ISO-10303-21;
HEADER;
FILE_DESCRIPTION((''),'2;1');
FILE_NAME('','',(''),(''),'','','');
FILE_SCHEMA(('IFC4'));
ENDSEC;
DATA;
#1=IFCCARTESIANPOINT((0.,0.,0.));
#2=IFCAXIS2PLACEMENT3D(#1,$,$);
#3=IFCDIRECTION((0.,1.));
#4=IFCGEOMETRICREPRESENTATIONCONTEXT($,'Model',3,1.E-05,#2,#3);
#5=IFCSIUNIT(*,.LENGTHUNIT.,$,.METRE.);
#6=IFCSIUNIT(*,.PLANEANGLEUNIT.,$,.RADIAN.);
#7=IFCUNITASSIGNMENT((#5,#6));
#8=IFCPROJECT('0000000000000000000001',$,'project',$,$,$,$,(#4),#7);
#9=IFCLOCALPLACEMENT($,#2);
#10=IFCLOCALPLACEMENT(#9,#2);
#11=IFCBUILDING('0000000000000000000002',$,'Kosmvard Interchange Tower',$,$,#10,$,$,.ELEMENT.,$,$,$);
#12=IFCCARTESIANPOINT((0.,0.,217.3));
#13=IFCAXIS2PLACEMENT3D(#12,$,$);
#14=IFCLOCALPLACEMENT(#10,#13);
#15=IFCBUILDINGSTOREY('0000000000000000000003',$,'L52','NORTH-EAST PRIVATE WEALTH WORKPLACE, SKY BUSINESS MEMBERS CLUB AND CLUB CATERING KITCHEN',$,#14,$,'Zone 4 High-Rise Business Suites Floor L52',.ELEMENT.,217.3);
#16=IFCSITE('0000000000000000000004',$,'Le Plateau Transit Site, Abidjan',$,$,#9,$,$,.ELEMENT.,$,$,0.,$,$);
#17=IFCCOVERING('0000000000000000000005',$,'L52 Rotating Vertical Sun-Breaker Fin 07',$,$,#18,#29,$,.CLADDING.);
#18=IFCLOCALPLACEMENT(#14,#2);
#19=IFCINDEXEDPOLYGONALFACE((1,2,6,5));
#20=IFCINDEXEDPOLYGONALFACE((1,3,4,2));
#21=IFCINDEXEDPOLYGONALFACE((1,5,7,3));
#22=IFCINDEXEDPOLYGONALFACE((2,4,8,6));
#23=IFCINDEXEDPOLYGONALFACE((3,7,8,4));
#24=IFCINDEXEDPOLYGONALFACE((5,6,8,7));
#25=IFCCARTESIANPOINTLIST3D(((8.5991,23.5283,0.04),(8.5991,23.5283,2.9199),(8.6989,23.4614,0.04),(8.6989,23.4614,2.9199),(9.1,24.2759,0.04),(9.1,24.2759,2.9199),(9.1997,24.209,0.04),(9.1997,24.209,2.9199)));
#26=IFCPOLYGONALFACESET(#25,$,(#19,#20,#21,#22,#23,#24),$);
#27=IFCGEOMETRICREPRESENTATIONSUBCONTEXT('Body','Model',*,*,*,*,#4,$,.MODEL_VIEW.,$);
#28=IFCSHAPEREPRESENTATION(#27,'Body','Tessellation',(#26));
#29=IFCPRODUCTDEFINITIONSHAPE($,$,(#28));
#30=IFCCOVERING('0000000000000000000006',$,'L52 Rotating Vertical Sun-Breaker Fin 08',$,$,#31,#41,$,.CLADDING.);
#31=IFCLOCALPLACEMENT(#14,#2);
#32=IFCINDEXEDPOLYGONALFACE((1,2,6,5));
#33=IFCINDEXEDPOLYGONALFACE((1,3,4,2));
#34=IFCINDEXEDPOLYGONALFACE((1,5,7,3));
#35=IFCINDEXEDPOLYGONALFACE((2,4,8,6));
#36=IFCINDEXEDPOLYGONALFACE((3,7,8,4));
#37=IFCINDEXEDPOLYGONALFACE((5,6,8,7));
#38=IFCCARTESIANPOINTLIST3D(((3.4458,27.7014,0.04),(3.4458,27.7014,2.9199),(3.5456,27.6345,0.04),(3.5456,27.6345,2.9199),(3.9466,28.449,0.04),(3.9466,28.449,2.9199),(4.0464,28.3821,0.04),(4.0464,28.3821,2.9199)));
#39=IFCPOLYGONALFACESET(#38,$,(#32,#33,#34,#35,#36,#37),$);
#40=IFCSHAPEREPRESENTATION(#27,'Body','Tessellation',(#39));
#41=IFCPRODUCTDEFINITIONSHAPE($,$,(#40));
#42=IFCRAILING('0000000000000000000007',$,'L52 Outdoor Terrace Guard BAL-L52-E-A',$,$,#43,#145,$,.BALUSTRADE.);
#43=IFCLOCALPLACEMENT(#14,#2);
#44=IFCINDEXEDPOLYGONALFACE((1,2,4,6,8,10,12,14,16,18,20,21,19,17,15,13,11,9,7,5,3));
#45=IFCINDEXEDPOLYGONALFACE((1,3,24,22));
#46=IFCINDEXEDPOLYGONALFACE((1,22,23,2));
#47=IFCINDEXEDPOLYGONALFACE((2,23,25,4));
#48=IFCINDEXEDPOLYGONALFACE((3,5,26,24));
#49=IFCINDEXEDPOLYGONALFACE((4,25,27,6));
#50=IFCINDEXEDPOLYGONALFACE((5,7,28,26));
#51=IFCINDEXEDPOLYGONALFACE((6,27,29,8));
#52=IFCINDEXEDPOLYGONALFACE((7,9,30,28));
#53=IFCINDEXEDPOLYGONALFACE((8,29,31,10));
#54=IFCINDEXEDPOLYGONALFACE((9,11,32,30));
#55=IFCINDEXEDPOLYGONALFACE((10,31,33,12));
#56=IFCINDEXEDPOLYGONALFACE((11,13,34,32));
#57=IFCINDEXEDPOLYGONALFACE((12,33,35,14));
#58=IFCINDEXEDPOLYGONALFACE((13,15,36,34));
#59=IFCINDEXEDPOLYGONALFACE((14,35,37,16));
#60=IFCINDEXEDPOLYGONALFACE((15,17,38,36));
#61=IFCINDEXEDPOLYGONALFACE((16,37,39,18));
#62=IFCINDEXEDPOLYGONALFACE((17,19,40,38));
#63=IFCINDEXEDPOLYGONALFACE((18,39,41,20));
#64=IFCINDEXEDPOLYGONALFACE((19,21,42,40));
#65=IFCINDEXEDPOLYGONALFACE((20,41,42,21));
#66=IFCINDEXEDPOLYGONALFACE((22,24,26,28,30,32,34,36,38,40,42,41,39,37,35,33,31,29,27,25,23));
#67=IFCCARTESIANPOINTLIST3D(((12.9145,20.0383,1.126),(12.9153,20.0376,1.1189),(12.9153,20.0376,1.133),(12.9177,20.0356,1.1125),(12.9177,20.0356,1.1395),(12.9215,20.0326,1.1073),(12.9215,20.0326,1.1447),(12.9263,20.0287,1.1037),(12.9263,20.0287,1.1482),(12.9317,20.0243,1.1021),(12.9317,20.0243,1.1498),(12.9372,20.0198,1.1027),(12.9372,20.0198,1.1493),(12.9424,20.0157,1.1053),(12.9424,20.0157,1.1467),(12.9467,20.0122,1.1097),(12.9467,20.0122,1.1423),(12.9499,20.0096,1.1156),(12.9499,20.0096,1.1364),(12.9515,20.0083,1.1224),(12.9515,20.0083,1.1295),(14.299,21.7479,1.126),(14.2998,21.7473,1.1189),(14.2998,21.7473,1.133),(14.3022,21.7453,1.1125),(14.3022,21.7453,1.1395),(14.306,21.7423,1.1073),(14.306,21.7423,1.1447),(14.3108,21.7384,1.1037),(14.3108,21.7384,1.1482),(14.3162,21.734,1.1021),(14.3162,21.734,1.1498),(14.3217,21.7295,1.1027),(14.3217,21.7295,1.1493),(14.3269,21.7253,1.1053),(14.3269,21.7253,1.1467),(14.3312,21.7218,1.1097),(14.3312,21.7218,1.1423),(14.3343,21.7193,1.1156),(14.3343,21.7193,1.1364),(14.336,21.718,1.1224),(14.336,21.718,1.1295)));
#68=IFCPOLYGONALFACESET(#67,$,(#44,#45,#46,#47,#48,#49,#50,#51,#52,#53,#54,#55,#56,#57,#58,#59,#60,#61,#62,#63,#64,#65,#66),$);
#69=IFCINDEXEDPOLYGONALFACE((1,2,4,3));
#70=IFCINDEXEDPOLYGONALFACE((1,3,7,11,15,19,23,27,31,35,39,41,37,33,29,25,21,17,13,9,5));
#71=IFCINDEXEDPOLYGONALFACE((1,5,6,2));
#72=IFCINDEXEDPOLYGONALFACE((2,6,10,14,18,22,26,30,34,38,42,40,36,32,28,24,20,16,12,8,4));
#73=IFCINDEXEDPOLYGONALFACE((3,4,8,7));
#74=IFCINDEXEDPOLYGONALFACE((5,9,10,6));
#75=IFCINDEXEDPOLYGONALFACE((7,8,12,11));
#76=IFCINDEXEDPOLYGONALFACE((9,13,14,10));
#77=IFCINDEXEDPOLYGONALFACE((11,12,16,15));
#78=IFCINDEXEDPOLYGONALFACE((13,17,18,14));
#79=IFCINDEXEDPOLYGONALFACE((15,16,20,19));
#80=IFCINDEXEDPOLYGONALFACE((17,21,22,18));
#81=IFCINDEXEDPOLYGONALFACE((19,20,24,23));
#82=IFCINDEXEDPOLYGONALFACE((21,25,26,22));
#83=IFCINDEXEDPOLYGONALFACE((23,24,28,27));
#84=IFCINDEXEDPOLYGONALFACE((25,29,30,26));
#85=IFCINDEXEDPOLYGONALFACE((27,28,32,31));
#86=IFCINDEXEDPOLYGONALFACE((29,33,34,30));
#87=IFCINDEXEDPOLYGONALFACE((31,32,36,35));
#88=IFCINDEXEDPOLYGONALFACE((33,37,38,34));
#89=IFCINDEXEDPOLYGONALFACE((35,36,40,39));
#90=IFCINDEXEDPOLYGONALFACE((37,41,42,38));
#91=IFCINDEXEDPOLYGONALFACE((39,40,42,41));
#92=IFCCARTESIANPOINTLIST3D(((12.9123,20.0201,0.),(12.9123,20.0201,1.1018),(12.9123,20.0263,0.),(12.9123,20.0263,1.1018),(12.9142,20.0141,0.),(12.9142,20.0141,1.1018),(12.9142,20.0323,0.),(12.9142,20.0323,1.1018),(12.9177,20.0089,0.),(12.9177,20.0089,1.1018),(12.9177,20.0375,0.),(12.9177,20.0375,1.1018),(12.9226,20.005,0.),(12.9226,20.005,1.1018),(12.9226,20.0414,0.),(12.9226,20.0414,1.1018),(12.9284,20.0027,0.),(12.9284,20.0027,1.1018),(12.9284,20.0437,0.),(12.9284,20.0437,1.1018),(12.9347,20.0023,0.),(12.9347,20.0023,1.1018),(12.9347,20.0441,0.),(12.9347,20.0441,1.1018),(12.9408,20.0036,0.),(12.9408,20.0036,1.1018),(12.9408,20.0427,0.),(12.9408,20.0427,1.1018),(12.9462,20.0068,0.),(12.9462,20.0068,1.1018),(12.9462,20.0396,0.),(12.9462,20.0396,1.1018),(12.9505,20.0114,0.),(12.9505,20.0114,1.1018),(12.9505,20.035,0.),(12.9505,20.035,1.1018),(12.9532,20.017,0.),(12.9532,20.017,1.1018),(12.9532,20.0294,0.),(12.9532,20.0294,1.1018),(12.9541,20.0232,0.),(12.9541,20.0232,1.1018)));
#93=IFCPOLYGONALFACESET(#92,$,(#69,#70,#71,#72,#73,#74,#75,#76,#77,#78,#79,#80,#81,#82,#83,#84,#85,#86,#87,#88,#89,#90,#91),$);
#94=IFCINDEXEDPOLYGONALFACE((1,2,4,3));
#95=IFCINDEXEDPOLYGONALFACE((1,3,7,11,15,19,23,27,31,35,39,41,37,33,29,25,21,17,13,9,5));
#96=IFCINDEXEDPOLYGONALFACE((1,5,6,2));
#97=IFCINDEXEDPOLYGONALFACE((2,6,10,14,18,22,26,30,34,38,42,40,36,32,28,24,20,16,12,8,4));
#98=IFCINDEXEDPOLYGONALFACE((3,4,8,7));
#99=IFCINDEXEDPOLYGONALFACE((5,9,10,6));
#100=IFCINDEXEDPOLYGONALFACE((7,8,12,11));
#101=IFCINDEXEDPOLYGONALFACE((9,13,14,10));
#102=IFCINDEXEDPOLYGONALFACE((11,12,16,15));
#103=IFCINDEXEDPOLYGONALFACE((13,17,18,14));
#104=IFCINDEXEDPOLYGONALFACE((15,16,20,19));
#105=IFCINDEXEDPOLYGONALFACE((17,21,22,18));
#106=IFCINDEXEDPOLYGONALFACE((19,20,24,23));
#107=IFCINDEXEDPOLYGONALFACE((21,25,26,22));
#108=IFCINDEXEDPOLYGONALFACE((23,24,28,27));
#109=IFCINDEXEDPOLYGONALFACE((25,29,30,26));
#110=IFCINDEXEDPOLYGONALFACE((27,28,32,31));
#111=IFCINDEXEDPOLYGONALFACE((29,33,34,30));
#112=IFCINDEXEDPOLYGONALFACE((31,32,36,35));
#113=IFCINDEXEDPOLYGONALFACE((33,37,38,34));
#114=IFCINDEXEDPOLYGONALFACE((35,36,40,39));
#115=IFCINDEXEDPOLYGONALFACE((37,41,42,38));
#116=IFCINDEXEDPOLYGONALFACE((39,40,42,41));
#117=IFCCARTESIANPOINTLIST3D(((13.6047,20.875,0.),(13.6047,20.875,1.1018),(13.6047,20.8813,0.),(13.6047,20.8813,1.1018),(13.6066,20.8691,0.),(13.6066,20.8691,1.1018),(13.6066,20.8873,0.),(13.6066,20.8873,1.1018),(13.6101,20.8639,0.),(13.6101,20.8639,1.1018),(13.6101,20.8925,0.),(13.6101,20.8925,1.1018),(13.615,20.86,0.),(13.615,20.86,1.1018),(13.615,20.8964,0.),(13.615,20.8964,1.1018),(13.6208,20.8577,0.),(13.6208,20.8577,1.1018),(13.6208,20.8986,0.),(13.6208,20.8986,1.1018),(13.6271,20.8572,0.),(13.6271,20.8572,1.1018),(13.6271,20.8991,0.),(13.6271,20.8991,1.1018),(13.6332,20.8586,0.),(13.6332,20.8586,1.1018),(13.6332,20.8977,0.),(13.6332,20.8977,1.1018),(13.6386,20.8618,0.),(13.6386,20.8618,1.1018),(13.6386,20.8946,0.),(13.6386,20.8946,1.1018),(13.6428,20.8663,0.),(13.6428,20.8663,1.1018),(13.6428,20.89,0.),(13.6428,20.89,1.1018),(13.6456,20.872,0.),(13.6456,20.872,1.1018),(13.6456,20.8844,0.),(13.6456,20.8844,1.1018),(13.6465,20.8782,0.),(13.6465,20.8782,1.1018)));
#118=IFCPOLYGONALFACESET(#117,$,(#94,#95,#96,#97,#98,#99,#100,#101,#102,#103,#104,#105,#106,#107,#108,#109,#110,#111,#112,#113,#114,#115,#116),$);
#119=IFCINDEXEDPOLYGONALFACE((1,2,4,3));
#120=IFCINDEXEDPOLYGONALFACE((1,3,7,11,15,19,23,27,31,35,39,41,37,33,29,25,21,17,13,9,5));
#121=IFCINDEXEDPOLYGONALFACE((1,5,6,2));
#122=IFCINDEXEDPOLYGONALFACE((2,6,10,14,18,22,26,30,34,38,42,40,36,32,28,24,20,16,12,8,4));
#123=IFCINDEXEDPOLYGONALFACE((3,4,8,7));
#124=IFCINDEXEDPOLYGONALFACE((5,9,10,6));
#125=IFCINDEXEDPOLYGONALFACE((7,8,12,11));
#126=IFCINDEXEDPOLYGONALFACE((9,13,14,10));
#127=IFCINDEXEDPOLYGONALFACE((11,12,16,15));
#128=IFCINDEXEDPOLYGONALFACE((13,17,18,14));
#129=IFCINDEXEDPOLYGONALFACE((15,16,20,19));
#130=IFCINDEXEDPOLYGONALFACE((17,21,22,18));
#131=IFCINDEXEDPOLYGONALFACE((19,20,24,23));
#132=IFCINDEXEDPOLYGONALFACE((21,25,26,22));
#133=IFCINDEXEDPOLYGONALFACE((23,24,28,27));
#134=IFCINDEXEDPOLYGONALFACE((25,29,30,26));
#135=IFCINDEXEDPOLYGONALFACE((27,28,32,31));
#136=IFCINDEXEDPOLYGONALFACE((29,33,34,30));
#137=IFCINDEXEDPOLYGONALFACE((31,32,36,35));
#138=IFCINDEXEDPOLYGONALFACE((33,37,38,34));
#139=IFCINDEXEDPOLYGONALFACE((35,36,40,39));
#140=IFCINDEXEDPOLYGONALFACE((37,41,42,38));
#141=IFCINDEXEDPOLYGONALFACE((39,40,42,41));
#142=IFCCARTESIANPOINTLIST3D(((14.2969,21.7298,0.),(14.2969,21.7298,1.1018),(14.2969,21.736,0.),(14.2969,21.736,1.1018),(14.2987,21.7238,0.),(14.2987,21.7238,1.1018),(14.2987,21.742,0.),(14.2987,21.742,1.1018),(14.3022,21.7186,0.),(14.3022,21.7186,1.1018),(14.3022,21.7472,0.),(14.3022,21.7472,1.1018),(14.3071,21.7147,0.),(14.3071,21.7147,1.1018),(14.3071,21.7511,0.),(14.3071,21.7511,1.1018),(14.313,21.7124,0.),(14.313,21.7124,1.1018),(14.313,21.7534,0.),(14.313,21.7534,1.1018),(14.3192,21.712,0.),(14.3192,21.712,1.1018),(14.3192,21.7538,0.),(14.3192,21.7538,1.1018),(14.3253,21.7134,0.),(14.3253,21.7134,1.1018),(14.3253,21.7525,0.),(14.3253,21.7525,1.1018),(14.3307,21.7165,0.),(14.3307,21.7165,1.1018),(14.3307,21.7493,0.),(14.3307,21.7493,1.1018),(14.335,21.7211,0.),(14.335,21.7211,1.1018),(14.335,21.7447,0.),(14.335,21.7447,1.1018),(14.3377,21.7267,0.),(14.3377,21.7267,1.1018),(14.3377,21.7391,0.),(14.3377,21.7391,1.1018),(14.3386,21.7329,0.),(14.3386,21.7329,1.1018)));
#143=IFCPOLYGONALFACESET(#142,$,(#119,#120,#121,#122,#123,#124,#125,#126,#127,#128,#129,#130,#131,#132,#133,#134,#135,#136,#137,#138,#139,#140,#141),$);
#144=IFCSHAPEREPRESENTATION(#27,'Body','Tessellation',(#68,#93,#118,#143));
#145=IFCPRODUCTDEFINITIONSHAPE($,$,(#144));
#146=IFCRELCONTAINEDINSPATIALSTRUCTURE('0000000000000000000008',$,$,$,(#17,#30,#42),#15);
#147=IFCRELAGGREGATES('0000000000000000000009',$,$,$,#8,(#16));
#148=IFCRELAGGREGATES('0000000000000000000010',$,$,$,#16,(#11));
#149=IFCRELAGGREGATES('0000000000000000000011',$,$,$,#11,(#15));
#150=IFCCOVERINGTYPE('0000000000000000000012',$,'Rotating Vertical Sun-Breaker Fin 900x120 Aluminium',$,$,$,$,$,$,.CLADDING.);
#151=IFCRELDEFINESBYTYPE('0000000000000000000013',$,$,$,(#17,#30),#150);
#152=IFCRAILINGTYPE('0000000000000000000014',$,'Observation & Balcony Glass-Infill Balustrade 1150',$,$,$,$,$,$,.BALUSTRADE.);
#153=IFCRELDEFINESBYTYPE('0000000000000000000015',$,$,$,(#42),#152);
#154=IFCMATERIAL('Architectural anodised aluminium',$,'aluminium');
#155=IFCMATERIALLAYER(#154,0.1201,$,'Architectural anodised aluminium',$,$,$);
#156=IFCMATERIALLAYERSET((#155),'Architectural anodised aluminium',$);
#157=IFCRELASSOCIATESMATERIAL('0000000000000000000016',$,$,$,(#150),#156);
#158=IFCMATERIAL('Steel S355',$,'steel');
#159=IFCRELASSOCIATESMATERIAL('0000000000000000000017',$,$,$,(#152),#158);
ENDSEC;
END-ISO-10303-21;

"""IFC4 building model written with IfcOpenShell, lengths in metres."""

from ifc_helpers import new_model, si_unit, direction, frame, origin, origin_2d, place, context, subcontext, project, spatial, rectangle, circle, extrude, source, transform, mapped, material, layer, layer_set, type_object, element, save


model = new_model("IFC4")

# Units and contexts
model_context = context("Model", 3, precision=1e-05, world=origin(), true_north=direction((0.0, 1.0)))
body_context = subcontext(model_context, "Body", "Model", "MODEL_VIEW")
ifc_project = project(units=[si_unit("LENGTHUNIT", "METRE"), si_unit("PLANEANGLEUNIT", "RADIAN")], contexts=[model_context])

# Site, building, storey
site_placement = place(None, origin())
site = spatial("IfcSite", under=ifc_project, at=site_placement, Name="Le Plateau Transit Site, Abidjan", CompositionType="ELEMENT", RefElevation=0.0)
building_placement = place(site_placement, origin())
building = spatial("IfcBuilding", under=site, at=building_placement, Name="Kosmvard Interchange Tower", CompositionType="ELEMENT")
storey_placement = place(building_placement, frame((0.0, 0.0, 217.3)))
storey = spatial("IfcBuildingStorey", under=building, at=storey_placement, Name="L52", Description="NORTH-EAST PRIVATE WEALTH WORKPLACE, SKY BUSINESS MEMBERS CLUB AND CLUB CATERING KITCHEN", LongName="Zone 4 High-Rise Business Suites Floor L52", CompositionType="ELEMENT", Elevation=217.3)

# Shared definitions
ifc_material_1 = material(Name="Steel S355", Category="steel")

# Coverings
ifc_material_2 = material(Name="Architectural anodised aluminium", Category="aluminium")
ifc_layer_1 = layer(ifc_material_2, 0.1201, Name="Architectural anodised aluminium")
ifc_layer_set_1 = layer_set([ifc_layer_1], Name="Architectural anodised aluminium")
covering_type = type_object("IfcCoveringType", Name="Rotating Vertical Sun-Breaker Fin 900x120 Aluminium", PredefinedType="CLADDING", material=ifc_layer_set_1)
shared_shape_1 = source(origin(), body_context, "Body", "SweptSolid", [
    extrude(rectangle(XDim=0.8999, YDim=0.1201, at=origin_2d()), origin(), (0.0, 0.0, 1.0), 2.8799),
])
for number, where, z_axis, x_axis, name in (
    (1, (8.8994, 23.8687, 0.04), (0.0, 0.0, 1.0), (0.556586, 0.83079, 0.0), "L52 Rotating Vertical Sun-Breaker Fin 07"),
    (2, (3.7461, 28.0417, 0.04), (0.0, 0.0, 1.0), (0.556586, 0.83079, 0.0), "L52 Rotating Vertical Sun-Breaker Fin 08"),
):
    element("IfcCovering", number, at=place(storey_placement, frame(where, z_axis=z_axis, x_axis=x_axis)), inside=storey, type_object=covering_type, Name=name, PredefinedType="CLADDING", context=body_context, shape_type="MappedRepresentation", body=[
        mapped(shared_shape_1, transform((0.0, 0.0, 0.0), scale=1.0)),
    ])

# Railing
railing_type = type_object("IfcRailingType", Name="Observation & Balcony Glass-Infill Balustrade 1150", PredefinedType="BALUSTRADE", material=ifc_material_1)
shared_shape_2 = source(origin(), body_context, "Body", "SweptSolid", [
    extrude(circle(Radius=0.0239, at=origin_2d()), frame((0.0, 0.0, 1.126), z_axis=(0.629326, 0.777141, 0.0), x_axis=(-0.777141, 0.629326, 0.0)), (0.0, 0.0, 1.0), 2.2),
    extrude(circle(Radius=0.021, at=origin_2d()), origin(), (0.0, 0.0, 1.0), 1.1018),
    extrude(circle(Radius=0.021, at=origin_2d()), frame((0.6924, 0.855, 0.0)), (0.0, 0.0, 1.0), 1.1018),
    extrude(circle(Radius=0.021, at=origin_2d()), frame((1.3845, 1.7097, 0.0)), (0.0, 0.0, 1.0), 1.1018),
])
railing_1_placement = place(storey_placement, frame((12.9331, 20.0232, 0.0)))
element("IfcRailing", 3, at=railing_1_placement, inside=storey, type_object=railing_type, Name="L52 Outdoor Terrace Guard BAL-L52-E-A", PredefinedType="BALUSTRADE", context=body_context, shape_type="MappedRepresentation", body=[
    mapped(shared_shape_2, transform((0.0, 0.0, 0.0), scale=1.0)),
])

save(model, "model.ifc")
